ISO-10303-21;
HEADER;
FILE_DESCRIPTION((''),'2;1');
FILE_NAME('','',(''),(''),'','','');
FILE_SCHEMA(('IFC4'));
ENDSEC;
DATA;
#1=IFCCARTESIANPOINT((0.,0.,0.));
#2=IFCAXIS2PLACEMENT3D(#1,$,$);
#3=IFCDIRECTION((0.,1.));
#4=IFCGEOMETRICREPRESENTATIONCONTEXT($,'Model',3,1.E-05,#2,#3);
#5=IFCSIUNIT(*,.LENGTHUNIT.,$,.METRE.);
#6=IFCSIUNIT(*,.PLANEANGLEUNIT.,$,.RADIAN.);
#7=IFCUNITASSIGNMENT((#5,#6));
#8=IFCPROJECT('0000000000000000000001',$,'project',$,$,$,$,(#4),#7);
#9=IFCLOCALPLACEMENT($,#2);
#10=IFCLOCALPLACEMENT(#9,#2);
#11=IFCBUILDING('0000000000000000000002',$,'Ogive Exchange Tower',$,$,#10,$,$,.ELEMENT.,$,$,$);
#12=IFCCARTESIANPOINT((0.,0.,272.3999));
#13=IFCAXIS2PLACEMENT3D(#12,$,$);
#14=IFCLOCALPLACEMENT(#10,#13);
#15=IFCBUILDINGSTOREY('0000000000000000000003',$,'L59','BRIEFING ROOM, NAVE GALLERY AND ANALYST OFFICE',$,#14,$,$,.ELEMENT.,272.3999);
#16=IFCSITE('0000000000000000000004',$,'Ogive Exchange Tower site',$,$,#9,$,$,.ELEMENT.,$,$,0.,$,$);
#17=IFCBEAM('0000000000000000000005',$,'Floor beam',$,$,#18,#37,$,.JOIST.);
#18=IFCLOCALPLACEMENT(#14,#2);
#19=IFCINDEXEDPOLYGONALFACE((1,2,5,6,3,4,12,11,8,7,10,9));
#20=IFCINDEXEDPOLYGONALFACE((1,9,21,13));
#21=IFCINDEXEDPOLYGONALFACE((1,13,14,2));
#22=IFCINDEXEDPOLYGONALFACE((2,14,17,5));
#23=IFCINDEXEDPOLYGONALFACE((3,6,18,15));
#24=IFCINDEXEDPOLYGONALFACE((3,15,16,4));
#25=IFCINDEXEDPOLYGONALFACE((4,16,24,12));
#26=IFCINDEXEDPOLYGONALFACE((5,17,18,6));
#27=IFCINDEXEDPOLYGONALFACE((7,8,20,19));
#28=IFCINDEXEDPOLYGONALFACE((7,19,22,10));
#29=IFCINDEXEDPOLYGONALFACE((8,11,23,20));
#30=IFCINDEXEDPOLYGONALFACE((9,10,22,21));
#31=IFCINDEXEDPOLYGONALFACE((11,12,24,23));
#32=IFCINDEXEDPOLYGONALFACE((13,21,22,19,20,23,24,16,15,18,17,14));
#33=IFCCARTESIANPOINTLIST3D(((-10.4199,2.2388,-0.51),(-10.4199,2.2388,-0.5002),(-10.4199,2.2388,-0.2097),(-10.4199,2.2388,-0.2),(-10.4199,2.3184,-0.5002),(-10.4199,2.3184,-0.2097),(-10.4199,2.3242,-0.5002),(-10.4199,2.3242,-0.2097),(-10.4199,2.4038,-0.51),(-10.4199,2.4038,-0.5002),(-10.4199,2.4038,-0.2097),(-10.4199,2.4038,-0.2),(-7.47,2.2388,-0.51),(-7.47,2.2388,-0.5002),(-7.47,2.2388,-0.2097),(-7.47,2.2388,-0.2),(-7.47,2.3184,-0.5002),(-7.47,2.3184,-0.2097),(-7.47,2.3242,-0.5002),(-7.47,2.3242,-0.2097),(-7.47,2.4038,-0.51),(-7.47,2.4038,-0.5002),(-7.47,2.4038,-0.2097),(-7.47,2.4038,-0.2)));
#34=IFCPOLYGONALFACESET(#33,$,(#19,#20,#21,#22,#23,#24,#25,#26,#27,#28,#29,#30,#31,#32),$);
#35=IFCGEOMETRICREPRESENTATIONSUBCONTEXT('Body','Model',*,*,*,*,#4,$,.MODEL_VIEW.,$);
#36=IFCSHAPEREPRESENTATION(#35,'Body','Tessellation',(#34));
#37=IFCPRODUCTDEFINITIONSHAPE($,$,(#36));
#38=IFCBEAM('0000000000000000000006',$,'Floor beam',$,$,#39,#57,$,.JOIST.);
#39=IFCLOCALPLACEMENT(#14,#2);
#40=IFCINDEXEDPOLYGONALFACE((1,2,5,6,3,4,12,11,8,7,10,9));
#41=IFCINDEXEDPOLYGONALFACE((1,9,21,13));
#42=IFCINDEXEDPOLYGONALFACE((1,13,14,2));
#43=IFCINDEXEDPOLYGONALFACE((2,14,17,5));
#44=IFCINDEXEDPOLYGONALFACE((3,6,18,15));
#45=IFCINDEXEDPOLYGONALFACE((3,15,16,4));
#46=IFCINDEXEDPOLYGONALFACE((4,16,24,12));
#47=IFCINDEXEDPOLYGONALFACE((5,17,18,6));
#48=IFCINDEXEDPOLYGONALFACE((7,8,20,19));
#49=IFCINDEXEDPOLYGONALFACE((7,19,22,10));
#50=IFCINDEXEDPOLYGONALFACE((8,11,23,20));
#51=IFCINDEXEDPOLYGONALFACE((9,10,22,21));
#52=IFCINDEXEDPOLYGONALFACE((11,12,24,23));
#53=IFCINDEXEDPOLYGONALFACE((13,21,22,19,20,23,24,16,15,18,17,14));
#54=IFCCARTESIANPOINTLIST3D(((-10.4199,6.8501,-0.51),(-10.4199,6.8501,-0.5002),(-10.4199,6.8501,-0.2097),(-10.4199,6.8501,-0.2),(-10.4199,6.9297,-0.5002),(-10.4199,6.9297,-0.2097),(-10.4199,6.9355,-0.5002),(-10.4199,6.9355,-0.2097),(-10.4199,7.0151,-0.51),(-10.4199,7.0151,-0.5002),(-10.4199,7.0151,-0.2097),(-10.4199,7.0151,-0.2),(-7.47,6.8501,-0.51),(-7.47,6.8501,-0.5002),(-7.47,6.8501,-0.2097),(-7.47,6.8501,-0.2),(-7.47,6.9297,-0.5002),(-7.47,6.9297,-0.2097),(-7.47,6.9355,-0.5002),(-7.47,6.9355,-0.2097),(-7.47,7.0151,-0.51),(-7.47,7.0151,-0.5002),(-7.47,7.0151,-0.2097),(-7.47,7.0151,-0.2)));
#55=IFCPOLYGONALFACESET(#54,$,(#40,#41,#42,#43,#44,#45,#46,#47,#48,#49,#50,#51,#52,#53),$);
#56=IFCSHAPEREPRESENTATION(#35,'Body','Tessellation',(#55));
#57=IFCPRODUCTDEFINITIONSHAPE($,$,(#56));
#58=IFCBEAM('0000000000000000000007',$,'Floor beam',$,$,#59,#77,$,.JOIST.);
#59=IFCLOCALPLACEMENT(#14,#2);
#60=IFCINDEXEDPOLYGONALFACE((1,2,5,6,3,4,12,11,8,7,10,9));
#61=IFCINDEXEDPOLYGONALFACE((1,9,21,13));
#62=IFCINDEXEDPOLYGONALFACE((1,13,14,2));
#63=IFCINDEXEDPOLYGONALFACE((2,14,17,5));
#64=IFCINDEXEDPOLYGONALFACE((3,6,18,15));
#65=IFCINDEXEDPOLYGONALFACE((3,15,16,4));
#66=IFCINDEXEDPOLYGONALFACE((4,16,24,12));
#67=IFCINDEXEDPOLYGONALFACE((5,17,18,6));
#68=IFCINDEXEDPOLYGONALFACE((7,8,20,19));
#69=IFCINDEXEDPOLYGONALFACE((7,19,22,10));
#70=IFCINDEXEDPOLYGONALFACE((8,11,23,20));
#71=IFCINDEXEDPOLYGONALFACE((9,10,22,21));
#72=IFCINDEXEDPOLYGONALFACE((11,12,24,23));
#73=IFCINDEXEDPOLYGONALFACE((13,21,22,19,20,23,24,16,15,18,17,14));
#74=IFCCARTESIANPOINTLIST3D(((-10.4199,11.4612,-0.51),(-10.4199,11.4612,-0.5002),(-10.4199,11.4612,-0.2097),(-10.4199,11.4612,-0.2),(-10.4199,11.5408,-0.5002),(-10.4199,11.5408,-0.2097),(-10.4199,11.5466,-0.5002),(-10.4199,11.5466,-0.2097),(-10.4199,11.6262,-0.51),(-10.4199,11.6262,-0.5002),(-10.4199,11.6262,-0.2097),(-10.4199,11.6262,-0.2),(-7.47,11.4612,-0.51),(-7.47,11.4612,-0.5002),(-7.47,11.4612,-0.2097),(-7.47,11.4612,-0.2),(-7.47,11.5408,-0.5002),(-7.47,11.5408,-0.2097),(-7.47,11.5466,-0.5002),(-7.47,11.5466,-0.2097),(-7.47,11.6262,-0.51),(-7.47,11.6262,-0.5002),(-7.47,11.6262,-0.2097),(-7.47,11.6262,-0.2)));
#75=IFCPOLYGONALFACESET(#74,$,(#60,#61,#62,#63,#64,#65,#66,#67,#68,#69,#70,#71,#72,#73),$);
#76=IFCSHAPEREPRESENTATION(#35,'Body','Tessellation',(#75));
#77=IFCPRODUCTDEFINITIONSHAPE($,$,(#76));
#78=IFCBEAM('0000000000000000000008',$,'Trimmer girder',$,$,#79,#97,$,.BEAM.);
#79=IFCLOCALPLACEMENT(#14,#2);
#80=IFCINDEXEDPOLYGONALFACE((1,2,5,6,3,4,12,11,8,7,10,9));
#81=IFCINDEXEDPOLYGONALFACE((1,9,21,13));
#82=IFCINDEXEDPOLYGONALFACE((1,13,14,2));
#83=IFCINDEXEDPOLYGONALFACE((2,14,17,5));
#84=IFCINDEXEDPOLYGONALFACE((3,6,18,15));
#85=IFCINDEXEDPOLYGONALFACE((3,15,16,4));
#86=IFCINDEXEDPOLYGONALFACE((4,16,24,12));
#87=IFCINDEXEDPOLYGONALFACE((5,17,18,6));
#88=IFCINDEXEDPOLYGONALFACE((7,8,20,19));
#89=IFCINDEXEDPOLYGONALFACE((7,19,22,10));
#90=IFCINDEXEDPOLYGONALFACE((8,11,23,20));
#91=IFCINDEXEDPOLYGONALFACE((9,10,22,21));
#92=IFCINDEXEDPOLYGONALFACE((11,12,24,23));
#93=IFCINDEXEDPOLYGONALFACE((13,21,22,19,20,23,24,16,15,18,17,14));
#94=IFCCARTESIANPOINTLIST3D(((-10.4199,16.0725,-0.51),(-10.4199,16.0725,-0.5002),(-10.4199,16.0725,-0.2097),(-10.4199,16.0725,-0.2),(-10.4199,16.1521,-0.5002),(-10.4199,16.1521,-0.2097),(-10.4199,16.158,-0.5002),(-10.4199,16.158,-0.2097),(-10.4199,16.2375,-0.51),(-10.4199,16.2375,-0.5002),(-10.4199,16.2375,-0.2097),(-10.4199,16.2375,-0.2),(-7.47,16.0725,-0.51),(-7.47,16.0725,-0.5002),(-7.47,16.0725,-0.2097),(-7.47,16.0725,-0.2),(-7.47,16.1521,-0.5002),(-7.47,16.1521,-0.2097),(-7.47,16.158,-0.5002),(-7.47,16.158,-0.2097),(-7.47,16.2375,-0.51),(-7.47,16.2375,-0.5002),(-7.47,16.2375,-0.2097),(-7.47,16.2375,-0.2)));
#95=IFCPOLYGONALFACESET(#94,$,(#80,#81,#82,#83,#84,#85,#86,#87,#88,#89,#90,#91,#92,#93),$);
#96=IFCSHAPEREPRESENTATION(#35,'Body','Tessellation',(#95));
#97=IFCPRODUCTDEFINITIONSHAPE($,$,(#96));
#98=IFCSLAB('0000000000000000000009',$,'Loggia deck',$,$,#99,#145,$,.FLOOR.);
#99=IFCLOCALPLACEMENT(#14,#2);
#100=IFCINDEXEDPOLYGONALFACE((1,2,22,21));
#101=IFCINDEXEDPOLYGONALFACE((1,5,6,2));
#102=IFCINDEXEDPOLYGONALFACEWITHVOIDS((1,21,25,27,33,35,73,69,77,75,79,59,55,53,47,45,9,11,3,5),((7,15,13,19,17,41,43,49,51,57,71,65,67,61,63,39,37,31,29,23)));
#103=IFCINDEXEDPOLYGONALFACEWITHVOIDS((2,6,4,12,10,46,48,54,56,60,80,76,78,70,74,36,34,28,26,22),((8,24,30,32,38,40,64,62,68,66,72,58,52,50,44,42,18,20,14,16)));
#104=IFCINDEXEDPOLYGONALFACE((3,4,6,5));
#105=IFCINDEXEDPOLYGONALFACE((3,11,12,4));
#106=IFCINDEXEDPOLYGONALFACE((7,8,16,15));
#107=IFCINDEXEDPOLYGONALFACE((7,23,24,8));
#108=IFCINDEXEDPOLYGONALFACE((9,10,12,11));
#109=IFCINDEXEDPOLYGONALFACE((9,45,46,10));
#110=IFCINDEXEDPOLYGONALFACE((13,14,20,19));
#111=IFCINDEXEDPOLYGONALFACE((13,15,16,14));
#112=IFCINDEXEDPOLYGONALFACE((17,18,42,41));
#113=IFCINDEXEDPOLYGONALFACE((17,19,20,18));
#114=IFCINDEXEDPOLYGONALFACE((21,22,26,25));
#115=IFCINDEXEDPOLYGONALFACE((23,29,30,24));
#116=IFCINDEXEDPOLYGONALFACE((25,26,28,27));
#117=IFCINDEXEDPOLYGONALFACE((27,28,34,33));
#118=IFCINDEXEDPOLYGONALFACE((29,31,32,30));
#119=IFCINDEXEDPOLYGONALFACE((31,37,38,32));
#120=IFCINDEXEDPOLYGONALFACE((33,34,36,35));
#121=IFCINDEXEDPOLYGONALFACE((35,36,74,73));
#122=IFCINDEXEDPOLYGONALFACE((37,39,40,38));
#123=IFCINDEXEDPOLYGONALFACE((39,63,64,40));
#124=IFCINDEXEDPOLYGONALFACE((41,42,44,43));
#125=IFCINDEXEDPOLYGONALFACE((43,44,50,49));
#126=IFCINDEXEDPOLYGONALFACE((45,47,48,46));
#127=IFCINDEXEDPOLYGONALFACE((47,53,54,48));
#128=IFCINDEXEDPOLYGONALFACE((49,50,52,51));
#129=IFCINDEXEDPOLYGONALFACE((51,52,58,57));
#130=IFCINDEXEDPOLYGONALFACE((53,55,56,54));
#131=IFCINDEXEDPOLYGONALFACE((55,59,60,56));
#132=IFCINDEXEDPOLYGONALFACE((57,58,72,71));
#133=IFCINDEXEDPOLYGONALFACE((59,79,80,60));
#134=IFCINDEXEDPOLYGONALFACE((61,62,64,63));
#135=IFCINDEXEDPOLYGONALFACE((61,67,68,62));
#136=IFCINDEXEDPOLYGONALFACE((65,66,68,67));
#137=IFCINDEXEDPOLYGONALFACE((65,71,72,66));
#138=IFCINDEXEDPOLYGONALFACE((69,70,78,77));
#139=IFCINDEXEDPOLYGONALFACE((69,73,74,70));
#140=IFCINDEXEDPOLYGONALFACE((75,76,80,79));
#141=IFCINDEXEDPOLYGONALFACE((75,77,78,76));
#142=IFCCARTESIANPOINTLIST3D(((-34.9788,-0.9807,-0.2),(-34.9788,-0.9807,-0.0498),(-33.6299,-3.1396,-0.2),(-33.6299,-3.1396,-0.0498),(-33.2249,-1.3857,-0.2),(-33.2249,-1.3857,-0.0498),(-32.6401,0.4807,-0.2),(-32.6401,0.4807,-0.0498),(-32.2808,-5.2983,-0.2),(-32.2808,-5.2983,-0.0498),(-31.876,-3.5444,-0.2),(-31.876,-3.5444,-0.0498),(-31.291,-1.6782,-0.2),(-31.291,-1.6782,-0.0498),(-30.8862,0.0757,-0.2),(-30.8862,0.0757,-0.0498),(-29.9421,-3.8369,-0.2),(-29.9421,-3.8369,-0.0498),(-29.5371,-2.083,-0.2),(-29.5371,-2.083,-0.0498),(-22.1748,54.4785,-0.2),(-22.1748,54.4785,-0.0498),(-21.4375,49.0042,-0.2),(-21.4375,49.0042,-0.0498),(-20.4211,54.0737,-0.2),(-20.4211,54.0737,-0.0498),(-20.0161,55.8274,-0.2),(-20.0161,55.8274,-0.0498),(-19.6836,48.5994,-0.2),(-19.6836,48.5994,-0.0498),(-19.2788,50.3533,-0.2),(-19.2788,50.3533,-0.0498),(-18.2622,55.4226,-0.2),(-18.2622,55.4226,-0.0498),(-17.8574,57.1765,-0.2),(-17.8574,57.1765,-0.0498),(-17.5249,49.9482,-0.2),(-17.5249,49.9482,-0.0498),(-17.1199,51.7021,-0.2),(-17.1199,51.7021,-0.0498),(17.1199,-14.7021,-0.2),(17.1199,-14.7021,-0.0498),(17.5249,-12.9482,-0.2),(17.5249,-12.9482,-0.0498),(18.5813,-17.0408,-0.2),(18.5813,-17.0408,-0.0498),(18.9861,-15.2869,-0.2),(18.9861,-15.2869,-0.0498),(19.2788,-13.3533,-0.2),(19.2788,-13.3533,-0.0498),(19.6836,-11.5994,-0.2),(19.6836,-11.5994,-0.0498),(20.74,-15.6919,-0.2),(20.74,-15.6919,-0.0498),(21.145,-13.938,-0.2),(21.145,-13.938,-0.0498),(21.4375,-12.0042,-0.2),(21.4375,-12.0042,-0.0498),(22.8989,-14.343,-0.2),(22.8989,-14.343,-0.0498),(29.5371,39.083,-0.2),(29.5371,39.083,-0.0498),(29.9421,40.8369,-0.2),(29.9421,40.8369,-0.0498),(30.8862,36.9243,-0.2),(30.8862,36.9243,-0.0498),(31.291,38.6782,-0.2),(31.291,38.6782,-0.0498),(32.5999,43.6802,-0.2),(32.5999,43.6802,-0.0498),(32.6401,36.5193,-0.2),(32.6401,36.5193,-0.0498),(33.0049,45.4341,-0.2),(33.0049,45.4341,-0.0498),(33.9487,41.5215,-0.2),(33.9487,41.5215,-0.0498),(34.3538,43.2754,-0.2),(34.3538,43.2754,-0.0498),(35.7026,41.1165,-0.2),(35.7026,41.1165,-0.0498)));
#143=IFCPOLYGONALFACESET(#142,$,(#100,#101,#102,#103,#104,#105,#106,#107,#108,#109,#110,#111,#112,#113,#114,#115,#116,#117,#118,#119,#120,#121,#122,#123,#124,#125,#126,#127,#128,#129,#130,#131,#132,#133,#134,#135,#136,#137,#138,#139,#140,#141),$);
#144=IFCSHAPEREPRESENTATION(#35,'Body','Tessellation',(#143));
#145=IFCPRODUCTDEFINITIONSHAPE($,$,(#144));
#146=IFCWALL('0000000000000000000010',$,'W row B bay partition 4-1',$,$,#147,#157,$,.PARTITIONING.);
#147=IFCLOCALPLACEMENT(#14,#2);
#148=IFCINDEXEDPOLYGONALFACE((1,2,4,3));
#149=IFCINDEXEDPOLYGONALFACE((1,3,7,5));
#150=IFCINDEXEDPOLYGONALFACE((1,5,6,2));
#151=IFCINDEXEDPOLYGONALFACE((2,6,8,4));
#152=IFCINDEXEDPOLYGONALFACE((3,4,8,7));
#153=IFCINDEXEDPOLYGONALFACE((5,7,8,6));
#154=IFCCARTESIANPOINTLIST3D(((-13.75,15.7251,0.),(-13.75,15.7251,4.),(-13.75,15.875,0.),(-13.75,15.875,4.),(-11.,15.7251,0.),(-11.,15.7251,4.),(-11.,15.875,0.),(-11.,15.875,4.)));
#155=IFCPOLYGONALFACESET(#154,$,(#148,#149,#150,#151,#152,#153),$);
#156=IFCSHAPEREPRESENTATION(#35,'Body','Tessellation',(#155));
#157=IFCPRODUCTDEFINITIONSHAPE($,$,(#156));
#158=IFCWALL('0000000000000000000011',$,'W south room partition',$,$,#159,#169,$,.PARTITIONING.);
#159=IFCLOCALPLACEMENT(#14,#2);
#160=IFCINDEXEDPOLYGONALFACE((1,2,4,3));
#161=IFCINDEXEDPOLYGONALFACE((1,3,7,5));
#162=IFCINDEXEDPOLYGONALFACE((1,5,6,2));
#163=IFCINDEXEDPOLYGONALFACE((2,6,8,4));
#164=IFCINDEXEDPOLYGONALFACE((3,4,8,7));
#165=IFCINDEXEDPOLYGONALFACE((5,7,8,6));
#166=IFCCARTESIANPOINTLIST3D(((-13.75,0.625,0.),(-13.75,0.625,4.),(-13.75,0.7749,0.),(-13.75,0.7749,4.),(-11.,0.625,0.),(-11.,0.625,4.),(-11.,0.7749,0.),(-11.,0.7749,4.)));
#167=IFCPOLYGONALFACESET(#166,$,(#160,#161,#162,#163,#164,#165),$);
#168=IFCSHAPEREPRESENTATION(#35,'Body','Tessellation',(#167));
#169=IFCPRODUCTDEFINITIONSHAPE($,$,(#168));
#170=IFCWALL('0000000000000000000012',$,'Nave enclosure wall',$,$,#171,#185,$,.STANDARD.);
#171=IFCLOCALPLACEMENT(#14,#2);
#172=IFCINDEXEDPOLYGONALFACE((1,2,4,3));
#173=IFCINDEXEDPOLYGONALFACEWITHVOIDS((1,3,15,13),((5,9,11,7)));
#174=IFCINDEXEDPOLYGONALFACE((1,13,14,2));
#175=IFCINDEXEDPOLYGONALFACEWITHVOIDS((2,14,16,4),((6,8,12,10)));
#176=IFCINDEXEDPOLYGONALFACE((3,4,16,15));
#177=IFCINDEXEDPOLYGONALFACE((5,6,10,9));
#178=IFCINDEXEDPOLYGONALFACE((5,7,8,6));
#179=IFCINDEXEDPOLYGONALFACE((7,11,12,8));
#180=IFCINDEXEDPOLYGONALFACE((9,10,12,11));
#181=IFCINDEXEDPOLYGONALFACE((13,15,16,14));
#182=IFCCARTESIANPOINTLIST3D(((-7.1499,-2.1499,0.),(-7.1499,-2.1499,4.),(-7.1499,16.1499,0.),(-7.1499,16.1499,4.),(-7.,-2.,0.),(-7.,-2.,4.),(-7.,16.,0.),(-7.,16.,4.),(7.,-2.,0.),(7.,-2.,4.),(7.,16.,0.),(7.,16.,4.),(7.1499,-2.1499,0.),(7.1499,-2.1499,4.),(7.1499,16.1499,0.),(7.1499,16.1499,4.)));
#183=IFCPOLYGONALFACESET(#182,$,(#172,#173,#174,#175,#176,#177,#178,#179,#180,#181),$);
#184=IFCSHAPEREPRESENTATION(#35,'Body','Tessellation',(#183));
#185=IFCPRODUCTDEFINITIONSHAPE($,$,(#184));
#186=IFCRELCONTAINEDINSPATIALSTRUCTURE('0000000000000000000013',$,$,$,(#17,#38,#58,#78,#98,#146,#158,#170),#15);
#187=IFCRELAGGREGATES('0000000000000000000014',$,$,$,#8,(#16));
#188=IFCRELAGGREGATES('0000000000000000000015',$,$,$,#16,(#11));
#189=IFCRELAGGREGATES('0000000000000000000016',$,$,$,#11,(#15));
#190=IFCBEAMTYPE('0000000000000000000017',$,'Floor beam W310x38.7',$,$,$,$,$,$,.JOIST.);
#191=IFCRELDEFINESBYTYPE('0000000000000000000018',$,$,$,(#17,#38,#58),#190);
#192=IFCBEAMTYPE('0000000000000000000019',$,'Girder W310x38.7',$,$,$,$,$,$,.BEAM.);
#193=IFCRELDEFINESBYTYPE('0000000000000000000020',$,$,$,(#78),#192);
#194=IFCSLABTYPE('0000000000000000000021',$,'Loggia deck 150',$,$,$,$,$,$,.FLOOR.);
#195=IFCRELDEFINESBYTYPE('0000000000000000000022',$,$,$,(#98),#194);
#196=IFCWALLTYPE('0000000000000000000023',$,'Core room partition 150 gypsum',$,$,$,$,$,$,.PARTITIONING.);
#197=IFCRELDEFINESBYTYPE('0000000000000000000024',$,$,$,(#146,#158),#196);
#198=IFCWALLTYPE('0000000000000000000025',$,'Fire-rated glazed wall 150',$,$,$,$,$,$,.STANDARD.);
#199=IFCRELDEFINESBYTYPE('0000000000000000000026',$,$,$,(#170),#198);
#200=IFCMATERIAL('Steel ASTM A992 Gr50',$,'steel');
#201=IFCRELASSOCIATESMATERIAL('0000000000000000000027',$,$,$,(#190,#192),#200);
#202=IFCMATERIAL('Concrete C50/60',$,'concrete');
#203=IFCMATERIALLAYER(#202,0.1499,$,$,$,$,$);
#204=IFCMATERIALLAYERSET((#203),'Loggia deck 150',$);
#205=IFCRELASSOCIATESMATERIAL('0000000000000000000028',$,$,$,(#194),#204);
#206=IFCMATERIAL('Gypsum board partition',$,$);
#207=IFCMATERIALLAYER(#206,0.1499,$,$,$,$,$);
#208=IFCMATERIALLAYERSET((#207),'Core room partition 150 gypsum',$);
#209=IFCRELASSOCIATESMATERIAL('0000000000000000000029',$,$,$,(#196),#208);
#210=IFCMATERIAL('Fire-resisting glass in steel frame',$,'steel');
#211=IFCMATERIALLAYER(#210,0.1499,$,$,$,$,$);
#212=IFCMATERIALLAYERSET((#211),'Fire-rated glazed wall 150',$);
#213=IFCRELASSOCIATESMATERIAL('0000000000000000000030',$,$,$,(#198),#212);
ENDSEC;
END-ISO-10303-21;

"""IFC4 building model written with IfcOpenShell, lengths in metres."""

from ifc_helpers import new_model, si_unit, direction, frame, frame_2d, origin, origin_2d, place, context, subcontext, project, spatial, polyline, rectangle, i_section, outline, extrude, material, layer, layer_set, material_profile, profile_set, type_object, element, save


model = new_model("IFC4")

# Units and contexts
model_context = context("Model", 3, precision=1e-05, world=origin(), true_north=direction((0.0, 1.0)))
body_context = subcontext(model_context, "Body", "Model", "MODEL_VIEW")
ifc_project = project(units=[si_unit("LENGTHUNIT", "METRE"), si_unit("PLANEANGLEUNIT", "RADIAN")], contexts=[model_context])

# Site, building, storey
site_placement = place(None, origin())
site = spatial("IfcSite", under=ifc_project, at=site_placement, Name="Ogive Exchange Tower site", CompositionType="ELEMENT", RefElevation=0.0)
building_placement = place(site_placement, origin())
building = spatial("IfcBuilding", under=site, at=building_placement, Name="Ogive Exchange Tower", CompositionType="ELEMENT")
storey_placement = place(building_placement, frame((0.0, 0.0, 272.3999)))
storey = spatial("IfcBuildingStorey", under=building, at=storey_placement, Name="L59", Description="BRIEFING ROOM, NAVE GALLERY AND ANALYST OFFICE", CompositionType="ELEMENT", Elevation=272.3999)

# Beams
ifc_material_1 = material(Name="Steel ASTM A992 Gr50", Category="steel")
ifc_material_profile_1 = material_profile(ifc_material_1, i_section(OverallWidth=0.165, OverallDepth=0.3101, WebThickness=0.0059, FlangeThickness=0.0098, at=origin_2d()), Name="W310x38.7")
ifc_profile_set_1 = profile_set([ifc_material_profile_1], Name="Steel ASTM A992 Gr50")
beam_type_1 = type_object("IfcBeamType", Name="Floor beam W310x38.7", PredefinedType="JOIST", material=ifc_profile_set_1)
for number, where, z_axis, x_axis, name in (
    (1, (-10.4199, 2.3213, -0.355), (1.0, 0.0, 0.0), (0.0, 1.0, 0.0), "Floor beam"),
    (2, (-10.4199, 6.9326, -0.355), (1.0, 0.0, 0.0), (0.0, 1.0, 0.0), "Floor beam"),
    (3, (-10.4199, 11.5437, -0.355), (1.0, 0.0, 0.0), (0.0, 1.0, 0.0), "Floor beam"),
):
    element("IfcBeam", number, at=place(storey_placement, frame(where, z_axis=z_axis, x_axis=x_axis)), inside=storey, type_object=beam_type_1, Name=name, PredefinedType="JOIST", context=body_context, shape_type="SweptSolid", body=[
        extrude(i_section(OverallWidth=0.165, OverallDepth=0.3101, WebThickness=0.0059, FlangeThickness=0.0098, at=origin_2d()), origin(), (0.0, 0.0, 1.0), 2.95),
    ])
ifc_material_profile_2 = material_profile(ifc_material_1, i_section(OverallWidth=0.165, OverallDepth=0.3101, WebThickness=0.0059, FlangeThickness=0.0098, at=origin_2d()), Name="W310x38.7")
ifc_profile_set_2 = profile_set([ifc_material_profile_2], Name="Steel ASTM A992 Gr50")
beam_type_2 = type_object("IfcBeamType", Name="Girder W310x38.7", PredefinedType="BEAM", material=ifc_profile_set_2)
beam_placement = place(storey_placement, frame((-10.4199, 16.155, -0.355), z_axis=(1.0, 0.0, 0.0), x_axis=(0.0, 1.0, 0.0)))
element("IfcBeam", 4, at=beam_placement, inside=storey, type_object=beam_type_2, Name="Trimmer girder", PredefinedType="BEAM", context=body_context, shape_type="SweptSolid", body=[
    extrude(i_section(OverallWidth=0.165, OverallDepth=0.3101, WebThickness=0.0059, FlangeThickness=0.0098, at=origin_2d()), origin(), (0.0, 0.0, 1.0), 2.95),
])

# Slab
ifc_material_2 = material(Name="Concrete C50/60", Category="concrete")
ifc_layer_1 = layer(ifc_material_2, 0.1499)
ifc_layer_set_1 = layer_set([ifc_layer_1], Name="Loggia deck 150")
slab_type = type_object("IfcSlabType", Name="Loggia deck 150", PredefinedType="FLOOR", material=ifc_layer_set_1)
slab_placement = place(storey_placement, frame((0.0, 0.0, -0.2)))
element("IfcSlab", 5, at=slab_placement, inside=storey, type_object=slab_type, Name="Loggia deck", PredefinedType="FLOOR", context=body_context, shape_type="SweptSolid", body=[
    extrude(outline(polyline([(-31.876, -3.5444), (-33.6299, -3.1396), (-33.2249, -1.3857), (-34.9788, -0.9807), (-22.1748, 54.4785), (-20.4211, 54.0737), (-20.0161, 55.8274), (-18.2622, 55.4226), (-17.8574, 57.1765), (33.0049, 45.4341), (32.5999, 43.6802), (34.3538, 43.2754), (33.9487, 41.5215), (35.7026, 41.1165), (22.8989, -14.343), (21.145, -13.938), (20.74, -15.6919), (18.9861, -15.2869), (18.5813, -17.0408), (-32.2808, -5.2983), (-31.876, -3.5444)]), holes=[polyline([(17.5249, -12.9482), (19.2788, -13.3533), (19.6836, -11.5994), (21.4375, -12.0042), (32.6401, 36.5193), (30.8862, 36.9243), (31.291, 38.6782), (29.5371, 39.083), (29.9421, 40.8369), (-17.1199, 51.7021), (-17.5249, 49.9482), (-19.2788, 50.3533), (-19.6836, 48.5994), (-21.4375, 49.0042), (-32.6401, 0.4807), (-30.8862, 0.0757), (-31.291, -1.6782), (-29.5371, -2.083), (-29.9421, -3.8369), (17.1199, -14.7021), (17.5249, -12.9482)])]), origin(), (0.0, 0.0, 1.0), 0.1501),
])

# Walls
ifc_material_3 = material(Name="Gypsum board partition")
ifc_layer_2 = layer(ifc_material_3, 0.1499)
ifc_layer_set_2 = layer_set([ifc_layer_2], Name="Core room partition 150 gypsum")
wall_type_1 = type_object("IfcWallType", Name="Core room partition 150 gypsum", PredefinedType="PARTITIONING", material=ifc_layer_set_2)
for number, where, z_axis, x_axis, name in (
    (6, (-13.75, 15.8, 0.0), (0.0, 0.0, 1.0), (1.0, 0.0, 0.0), "W row B bay partition 4-1"),
    (7, (-13.75, 0.7, 0.0), (0.0, 0.0, 1.0), (1.0, 0.0, 0.0), "W south room partition"),
):
    element("IfcWall", number, at=place(storey_placement, frame(where, z_axis=z_axis, x_axis=x_axis)), inside=storey, type_object=wall_type_1, Name=name, PredefinedType="PARTITIONING", context=body_context, shape_type="SweptSolid", body=[
        extrude(rectangle(XDim=2.75, YDim=0.1499, at=frame_2d((1.375, 0.0))), origin(), (0.0, 0.0, 1.0), 4.0),
    ])
ifc_material_4 = material(Name="Fire-resisting glass in steel frame", Category="steel")
ifc_layer_3 = layer(ifc_material_4, 0.1499)
ifc_layer_set_3 = layer_set([ifc_layer_3], Name="Fire-rated glazed wall 150")
wall_type_2 = type_object("IfcWallType", Name="Fire-rated glazed wall 150", PredefinedType="STANDARD", material=ifc_layer_set_3)
wall_1_placement = place(storey_placement, origin())
element("IfcWall", 8, at=wall_1_placement, inside=storey, type_object=wall_type_2, Name="Nave enclosure wall", PredefinedType="STANDARD", context=body_context, shape_type="SweptSolid", body=[
    extrude(outline(polyline([(-7.1499, -2.1499), (7.1499, -2.1499), (7.1499, 16.1499), (-7.1499, 16.1499), (-7.1499, -2.1499)]), holes=[polyline([(-7.0, -2.0), (-7.0, 16.0), (7.0, 16.0), (7.0, -2.0), (-7.0, -2.0)])]), origin(), (0.0, 0.0, 1.0), 4.0),
])

save(model, "model.ifc")
